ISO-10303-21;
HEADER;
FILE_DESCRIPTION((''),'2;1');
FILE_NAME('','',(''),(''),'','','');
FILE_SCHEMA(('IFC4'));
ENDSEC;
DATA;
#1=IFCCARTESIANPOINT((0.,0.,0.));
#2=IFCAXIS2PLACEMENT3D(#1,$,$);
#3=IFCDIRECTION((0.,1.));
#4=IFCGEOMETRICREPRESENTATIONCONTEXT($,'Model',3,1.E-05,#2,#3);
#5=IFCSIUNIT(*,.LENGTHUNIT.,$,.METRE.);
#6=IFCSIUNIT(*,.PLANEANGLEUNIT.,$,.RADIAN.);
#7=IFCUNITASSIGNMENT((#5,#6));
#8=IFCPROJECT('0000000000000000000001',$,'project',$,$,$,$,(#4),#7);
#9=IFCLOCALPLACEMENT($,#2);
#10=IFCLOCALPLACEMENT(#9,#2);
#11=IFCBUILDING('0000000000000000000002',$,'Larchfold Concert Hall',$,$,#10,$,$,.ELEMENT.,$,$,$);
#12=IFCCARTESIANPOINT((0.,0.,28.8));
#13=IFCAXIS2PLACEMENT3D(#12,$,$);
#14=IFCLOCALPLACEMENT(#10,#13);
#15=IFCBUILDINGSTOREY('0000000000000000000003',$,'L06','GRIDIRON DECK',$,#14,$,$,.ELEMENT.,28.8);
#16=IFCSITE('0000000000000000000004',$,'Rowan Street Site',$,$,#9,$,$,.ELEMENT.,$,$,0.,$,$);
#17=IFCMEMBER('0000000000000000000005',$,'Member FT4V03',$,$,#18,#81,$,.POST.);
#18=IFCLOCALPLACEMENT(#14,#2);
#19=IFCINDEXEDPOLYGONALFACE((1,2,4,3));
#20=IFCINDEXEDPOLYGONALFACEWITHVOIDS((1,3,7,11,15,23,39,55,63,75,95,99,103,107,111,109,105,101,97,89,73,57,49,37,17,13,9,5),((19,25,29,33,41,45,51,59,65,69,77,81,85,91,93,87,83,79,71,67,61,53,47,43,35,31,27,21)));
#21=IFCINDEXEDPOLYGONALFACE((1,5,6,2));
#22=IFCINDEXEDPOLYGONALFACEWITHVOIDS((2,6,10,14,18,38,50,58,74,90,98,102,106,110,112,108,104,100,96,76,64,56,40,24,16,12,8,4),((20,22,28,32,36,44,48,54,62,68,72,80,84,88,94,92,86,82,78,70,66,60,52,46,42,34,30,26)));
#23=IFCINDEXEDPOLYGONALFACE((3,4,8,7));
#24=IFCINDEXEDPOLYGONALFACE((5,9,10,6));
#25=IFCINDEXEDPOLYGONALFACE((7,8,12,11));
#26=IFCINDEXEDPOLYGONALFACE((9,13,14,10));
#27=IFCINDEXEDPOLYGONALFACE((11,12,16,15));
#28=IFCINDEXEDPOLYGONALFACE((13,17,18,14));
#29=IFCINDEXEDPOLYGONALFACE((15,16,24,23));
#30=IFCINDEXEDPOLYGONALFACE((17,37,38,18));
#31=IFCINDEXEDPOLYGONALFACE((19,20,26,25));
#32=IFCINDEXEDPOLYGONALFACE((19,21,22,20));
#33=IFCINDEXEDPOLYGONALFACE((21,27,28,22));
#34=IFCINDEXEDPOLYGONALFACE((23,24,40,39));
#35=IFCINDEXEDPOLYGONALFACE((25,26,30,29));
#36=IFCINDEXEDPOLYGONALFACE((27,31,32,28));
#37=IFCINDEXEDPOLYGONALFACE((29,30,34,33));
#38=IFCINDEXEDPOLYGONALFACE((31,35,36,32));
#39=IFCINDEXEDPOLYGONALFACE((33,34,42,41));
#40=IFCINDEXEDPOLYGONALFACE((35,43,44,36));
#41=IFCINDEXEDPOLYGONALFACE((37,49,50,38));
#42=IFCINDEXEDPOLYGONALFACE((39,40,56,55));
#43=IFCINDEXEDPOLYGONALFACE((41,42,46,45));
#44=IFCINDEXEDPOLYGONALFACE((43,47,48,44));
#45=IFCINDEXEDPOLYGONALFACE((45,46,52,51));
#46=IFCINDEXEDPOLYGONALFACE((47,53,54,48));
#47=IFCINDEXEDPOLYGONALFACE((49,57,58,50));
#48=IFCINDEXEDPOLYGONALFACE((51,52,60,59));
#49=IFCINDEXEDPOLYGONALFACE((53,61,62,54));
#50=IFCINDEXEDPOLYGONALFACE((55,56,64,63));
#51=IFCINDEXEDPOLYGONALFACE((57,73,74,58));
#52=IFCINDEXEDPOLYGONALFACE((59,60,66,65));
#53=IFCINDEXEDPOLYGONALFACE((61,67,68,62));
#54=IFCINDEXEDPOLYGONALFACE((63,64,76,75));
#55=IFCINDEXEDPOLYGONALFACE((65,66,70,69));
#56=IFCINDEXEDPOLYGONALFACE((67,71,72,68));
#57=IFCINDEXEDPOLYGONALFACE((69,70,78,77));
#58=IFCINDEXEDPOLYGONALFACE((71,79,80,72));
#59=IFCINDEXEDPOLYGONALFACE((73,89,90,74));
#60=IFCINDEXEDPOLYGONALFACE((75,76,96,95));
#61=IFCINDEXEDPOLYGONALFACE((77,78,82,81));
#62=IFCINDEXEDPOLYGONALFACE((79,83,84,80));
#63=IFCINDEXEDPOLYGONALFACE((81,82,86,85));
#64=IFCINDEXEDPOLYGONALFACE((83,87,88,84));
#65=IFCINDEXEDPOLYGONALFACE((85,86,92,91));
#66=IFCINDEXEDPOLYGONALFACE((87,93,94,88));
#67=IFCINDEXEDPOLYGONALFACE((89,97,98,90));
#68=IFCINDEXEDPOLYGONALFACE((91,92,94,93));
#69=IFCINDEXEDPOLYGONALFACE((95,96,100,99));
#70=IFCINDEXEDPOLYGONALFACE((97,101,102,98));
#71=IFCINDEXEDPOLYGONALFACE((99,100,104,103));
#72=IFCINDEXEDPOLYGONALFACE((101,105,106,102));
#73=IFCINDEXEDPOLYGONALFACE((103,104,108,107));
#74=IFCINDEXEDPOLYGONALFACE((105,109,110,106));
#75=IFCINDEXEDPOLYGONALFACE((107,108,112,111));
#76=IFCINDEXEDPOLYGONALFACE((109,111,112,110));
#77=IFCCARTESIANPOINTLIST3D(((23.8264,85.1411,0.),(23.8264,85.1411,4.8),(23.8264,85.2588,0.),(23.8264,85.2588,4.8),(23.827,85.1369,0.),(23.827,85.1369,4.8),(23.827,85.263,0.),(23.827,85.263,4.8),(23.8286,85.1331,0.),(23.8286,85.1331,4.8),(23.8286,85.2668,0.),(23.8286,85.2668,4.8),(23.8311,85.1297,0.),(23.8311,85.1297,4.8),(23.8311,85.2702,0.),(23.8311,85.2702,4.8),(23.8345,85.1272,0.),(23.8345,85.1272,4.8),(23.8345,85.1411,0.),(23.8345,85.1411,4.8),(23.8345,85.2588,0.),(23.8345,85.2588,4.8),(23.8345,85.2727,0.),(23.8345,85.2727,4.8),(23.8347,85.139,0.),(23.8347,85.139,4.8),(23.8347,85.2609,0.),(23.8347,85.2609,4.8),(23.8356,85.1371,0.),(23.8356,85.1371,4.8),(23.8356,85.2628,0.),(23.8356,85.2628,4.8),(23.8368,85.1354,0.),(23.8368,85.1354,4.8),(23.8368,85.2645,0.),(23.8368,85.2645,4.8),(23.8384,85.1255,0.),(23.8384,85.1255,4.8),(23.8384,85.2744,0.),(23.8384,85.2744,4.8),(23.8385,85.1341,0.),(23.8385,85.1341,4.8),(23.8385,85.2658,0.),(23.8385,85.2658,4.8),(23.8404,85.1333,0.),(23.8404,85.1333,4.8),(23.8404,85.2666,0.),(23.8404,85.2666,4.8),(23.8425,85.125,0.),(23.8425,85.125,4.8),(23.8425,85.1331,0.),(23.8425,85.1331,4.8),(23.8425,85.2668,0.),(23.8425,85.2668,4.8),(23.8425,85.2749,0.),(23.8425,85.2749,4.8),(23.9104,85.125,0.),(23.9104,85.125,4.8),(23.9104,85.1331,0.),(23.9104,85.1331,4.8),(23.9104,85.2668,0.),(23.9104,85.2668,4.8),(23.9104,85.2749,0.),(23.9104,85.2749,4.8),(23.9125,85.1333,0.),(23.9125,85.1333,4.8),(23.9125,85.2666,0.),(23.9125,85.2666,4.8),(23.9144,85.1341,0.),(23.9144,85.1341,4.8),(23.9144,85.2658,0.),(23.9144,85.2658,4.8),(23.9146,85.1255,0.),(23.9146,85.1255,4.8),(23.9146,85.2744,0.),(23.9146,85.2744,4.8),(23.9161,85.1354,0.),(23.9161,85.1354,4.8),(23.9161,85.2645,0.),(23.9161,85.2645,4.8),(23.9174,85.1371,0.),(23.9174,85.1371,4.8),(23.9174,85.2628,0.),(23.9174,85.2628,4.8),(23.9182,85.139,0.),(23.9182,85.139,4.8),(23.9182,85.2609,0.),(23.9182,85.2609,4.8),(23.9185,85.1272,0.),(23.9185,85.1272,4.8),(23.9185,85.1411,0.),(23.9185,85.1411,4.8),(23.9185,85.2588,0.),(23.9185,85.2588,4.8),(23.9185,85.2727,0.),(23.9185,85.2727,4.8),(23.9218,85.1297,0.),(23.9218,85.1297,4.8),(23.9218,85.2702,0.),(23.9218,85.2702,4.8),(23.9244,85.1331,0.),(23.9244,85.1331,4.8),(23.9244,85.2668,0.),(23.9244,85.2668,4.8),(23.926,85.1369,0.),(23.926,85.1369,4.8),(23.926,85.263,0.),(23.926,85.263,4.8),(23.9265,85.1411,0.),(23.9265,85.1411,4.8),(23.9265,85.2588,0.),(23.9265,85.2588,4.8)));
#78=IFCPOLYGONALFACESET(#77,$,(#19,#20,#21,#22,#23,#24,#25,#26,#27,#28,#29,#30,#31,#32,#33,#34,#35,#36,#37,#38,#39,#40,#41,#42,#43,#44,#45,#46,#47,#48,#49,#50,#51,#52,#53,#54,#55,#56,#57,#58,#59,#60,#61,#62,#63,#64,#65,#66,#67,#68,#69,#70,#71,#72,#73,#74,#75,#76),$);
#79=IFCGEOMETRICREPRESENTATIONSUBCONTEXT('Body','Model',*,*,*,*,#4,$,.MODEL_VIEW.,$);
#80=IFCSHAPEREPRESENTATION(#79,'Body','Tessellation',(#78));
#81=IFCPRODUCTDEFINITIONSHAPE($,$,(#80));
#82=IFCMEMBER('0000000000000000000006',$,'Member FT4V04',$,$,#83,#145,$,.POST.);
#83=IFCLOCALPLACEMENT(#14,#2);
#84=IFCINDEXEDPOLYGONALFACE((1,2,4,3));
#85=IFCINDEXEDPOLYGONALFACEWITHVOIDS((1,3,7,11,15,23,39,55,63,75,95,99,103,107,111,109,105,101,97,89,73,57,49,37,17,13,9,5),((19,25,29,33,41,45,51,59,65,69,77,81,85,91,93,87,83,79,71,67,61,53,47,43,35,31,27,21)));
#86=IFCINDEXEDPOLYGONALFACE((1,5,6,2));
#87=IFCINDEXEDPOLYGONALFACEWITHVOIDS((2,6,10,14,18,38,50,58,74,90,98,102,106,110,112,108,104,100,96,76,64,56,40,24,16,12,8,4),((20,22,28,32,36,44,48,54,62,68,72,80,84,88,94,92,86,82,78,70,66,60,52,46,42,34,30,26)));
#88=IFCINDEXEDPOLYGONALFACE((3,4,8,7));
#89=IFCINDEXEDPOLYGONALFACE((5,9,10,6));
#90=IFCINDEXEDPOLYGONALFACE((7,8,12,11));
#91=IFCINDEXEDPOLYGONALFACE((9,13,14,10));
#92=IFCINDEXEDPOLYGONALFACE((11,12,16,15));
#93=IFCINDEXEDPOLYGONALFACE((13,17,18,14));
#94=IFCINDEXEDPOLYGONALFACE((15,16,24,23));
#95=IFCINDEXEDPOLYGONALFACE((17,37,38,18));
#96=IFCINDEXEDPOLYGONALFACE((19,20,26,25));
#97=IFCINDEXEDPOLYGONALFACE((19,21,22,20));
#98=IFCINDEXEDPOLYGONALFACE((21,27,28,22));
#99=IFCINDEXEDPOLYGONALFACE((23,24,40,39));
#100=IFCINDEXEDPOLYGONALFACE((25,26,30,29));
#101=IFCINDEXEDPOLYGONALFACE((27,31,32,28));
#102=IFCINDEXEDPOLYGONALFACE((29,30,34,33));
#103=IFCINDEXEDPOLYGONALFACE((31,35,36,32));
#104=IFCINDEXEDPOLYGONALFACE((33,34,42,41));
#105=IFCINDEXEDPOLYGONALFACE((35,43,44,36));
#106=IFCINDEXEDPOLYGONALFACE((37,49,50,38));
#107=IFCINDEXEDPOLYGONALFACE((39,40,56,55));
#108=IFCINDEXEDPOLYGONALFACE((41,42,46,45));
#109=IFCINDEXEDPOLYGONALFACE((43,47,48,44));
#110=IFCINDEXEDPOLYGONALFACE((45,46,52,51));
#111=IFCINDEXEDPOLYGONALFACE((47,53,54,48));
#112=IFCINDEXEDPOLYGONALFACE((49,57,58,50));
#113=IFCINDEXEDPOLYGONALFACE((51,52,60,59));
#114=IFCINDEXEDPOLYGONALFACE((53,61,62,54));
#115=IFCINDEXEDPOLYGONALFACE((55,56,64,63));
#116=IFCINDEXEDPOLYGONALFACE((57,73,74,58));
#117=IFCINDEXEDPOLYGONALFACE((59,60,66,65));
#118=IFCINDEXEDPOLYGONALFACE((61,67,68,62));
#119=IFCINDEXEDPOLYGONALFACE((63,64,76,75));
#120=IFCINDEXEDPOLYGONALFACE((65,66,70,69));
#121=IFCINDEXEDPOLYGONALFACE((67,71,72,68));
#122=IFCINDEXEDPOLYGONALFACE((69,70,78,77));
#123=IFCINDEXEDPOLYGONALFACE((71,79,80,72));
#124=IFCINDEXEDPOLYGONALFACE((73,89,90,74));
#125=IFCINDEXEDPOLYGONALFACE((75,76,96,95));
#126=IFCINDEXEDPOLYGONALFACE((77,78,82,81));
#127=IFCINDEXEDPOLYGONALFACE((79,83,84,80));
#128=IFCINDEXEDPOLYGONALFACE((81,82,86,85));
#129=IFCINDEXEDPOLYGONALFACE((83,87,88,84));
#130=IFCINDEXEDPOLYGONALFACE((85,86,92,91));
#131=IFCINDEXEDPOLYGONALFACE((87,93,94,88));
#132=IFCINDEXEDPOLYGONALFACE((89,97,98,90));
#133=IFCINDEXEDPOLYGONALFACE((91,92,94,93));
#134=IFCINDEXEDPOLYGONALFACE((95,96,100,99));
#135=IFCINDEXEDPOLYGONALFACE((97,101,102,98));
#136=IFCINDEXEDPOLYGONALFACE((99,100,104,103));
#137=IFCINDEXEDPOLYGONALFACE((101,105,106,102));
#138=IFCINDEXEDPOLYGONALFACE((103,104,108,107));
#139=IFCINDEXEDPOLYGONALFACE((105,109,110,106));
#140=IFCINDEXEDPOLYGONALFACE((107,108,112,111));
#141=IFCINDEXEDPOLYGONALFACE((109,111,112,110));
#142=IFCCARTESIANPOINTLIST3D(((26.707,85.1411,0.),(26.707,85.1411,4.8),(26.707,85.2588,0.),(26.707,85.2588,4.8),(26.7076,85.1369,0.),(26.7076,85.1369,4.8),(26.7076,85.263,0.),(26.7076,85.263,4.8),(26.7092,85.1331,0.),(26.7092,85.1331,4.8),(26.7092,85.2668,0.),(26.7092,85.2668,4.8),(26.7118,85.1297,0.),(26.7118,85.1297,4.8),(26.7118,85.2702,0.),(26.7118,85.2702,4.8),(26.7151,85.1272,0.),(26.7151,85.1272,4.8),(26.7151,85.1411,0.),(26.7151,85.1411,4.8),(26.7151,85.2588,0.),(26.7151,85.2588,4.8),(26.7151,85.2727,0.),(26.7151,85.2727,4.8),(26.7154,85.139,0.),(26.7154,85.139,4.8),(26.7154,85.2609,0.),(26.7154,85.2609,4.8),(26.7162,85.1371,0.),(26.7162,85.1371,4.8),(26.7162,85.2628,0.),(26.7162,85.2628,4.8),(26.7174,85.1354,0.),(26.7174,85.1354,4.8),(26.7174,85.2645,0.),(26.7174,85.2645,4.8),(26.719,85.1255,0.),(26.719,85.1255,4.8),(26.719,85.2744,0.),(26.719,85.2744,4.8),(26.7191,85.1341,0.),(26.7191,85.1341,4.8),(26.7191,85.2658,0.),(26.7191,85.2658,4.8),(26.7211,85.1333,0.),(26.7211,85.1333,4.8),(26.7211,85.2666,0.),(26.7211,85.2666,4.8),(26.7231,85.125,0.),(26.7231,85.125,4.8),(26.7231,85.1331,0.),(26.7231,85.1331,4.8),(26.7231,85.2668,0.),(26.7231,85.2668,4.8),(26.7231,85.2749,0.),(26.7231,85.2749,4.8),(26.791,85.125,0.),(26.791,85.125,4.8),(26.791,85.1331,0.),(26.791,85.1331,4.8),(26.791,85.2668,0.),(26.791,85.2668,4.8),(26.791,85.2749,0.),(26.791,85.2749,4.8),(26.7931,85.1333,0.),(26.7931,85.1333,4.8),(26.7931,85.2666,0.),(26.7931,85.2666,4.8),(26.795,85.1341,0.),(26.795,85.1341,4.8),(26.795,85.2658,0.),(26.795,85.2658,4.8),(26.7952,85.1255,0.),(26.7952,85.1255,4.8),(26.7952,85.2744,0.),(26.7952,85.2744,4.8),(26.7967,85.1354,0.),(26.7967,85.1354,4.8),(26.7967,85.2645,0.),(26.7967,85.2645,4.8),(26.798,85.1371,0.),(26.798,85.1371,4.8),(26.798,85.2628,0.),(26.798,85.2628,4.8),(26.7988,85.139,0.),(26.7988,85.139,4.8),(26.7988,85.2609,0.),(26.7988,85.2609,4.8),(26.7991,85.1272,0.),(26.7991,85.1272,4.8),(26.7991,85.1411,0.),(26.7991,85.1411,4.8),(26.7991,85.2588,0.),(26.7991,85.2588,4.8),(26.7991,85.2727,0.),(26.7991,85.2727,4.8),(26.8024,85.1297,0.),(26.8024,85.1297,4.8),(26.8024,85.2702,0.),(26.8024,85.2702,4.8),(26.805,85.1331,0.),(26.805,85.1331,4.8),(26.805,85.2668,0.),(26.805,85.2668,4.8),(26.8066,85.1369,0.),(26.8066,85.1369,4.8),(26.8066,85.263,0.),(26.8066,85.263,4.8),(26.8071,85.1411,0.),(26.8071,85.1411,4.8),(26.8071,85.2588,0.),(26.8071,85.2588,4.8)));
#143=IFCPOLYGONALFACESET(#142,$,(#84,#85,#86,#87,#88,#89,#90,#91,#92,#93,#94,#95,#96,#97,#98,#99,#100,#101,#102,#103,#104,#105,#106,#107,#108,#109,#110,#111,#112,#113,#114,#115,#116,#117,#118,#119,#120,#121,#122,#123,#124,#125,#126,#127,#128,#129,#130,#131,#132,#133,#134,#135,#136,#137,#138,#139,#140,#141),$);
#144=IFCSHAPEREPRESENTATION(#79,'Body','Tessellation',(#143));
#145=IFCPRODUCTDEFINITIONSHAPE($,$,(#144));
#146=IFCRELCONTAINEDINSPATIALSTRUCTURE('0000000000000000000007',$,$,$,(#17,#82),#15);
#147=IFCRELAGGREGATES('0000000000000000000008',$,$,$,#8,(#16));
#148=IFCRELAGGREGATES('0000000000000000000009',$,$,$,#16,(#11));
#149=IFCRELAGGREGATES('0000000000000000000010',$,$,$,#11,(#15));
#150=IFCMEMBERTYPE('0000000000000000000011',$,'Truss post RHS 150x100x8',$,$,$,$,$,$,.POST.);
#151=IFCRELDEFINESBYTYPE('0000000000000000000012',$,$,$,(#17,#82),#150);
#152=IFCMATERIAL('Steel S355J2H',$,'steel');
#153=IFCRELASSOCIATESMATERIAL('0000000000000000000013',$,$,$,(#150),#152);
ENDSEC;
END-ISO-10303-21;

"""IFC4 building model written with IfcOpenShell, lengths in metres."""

from ifc_helpers import new_model, si_unit, direction, frame, origin, origin_2d, place, context, subcontext, project, spatial, hollow_rectangle, extrude, material, material_profile, profile_set, type_object, element, save


model = new_model("IFC4")

# Units and contexts
model_context = context("Model", 3, precision=1e-05, world=origin(), true_north=direction((0.0, 1.0)))
body_context = subcontext(model_context, "Body", "Model", "MODEL_VIEW")
ifc_project = project(units=[si_unit("LENGTHUNIT", "METRE"), si_unit("PLANEANGLEUNIT", "RADIAN")], contexts=[model_context])

# Site, building, storey
site_placement = place(None, origin())
site = spatial("IfcSite", under=ifc_project, at=site_placement, Name="Rowan Street Site", CompositionType="ELEMENT", RefElevation=0.0)
building_placement = place(site_placement, origin())
building = spatial("IfcBuilding", under=site, at=building_placement, Name="Larchfold Concert Hall", CompositionType="ELEMENT")
storey_placement = place(building_placement, frame((0.0, 0.0, 28.8)))
storey = spatial("IfcBuildingStorey", under=building, at=storey_placement, Name="L06", Description="GRIDIRON DECK", CompositionType="ELEMENT", Elevation=28.8)

# Members
ifc_material_1 = material(Name="Steel S355J2H", Category="steel")
ifc_material_profile_1 = material_profile(ifc_material_1, hollow_rectangle(XDim=0.1001, YDim=0.1499, WallThickness=0.0081, InnerFilletRadius=0.0081, OuterFilletRadius=0.0161, at=origin_2d()))
ifc_profile_set_1 = profile_set([ifc_material_profile_1], Name="Steel S355J2H")
member_type_1 = type_object("IfcMemberType", Name="Truss post RHS 150x100x8", PredefinedType="POST", material=ifc_profile_set_1)
for number, where, z_axis, x_axis, name in (
    (1, (23.8765, 85.2, 4.8), (0.0, 0.0, -1.0), (1.0, 0.0, 0.0), "Member FT4V03"),
    (2, (26.7571, 85.2, 4.8), (0.0, 0.0, -1.0), (1.0, 0.0, 0.0), "Member FT4V04"),
):
    element("IfcMember", number, at=place(storey_placement, frame(where, z_axis=z_axis, x_axis=x_axis)), inside=storey, type_object=member_type_1, Name=name, PredefinedType="POST", context=body_context, shape_type="SweptSolid", body=[
        extrude(hollow_rectangle(XDim=0.1001, YDim=0.1499, WallThickness=0.0081, InnerFilletRadius=0.0081, OuterFilletRadius=0.0161, at=origin_2d()), origin(), (0.0, 0.0, 1.0), 4.8),
    ])

save(model, "model.ifc")
